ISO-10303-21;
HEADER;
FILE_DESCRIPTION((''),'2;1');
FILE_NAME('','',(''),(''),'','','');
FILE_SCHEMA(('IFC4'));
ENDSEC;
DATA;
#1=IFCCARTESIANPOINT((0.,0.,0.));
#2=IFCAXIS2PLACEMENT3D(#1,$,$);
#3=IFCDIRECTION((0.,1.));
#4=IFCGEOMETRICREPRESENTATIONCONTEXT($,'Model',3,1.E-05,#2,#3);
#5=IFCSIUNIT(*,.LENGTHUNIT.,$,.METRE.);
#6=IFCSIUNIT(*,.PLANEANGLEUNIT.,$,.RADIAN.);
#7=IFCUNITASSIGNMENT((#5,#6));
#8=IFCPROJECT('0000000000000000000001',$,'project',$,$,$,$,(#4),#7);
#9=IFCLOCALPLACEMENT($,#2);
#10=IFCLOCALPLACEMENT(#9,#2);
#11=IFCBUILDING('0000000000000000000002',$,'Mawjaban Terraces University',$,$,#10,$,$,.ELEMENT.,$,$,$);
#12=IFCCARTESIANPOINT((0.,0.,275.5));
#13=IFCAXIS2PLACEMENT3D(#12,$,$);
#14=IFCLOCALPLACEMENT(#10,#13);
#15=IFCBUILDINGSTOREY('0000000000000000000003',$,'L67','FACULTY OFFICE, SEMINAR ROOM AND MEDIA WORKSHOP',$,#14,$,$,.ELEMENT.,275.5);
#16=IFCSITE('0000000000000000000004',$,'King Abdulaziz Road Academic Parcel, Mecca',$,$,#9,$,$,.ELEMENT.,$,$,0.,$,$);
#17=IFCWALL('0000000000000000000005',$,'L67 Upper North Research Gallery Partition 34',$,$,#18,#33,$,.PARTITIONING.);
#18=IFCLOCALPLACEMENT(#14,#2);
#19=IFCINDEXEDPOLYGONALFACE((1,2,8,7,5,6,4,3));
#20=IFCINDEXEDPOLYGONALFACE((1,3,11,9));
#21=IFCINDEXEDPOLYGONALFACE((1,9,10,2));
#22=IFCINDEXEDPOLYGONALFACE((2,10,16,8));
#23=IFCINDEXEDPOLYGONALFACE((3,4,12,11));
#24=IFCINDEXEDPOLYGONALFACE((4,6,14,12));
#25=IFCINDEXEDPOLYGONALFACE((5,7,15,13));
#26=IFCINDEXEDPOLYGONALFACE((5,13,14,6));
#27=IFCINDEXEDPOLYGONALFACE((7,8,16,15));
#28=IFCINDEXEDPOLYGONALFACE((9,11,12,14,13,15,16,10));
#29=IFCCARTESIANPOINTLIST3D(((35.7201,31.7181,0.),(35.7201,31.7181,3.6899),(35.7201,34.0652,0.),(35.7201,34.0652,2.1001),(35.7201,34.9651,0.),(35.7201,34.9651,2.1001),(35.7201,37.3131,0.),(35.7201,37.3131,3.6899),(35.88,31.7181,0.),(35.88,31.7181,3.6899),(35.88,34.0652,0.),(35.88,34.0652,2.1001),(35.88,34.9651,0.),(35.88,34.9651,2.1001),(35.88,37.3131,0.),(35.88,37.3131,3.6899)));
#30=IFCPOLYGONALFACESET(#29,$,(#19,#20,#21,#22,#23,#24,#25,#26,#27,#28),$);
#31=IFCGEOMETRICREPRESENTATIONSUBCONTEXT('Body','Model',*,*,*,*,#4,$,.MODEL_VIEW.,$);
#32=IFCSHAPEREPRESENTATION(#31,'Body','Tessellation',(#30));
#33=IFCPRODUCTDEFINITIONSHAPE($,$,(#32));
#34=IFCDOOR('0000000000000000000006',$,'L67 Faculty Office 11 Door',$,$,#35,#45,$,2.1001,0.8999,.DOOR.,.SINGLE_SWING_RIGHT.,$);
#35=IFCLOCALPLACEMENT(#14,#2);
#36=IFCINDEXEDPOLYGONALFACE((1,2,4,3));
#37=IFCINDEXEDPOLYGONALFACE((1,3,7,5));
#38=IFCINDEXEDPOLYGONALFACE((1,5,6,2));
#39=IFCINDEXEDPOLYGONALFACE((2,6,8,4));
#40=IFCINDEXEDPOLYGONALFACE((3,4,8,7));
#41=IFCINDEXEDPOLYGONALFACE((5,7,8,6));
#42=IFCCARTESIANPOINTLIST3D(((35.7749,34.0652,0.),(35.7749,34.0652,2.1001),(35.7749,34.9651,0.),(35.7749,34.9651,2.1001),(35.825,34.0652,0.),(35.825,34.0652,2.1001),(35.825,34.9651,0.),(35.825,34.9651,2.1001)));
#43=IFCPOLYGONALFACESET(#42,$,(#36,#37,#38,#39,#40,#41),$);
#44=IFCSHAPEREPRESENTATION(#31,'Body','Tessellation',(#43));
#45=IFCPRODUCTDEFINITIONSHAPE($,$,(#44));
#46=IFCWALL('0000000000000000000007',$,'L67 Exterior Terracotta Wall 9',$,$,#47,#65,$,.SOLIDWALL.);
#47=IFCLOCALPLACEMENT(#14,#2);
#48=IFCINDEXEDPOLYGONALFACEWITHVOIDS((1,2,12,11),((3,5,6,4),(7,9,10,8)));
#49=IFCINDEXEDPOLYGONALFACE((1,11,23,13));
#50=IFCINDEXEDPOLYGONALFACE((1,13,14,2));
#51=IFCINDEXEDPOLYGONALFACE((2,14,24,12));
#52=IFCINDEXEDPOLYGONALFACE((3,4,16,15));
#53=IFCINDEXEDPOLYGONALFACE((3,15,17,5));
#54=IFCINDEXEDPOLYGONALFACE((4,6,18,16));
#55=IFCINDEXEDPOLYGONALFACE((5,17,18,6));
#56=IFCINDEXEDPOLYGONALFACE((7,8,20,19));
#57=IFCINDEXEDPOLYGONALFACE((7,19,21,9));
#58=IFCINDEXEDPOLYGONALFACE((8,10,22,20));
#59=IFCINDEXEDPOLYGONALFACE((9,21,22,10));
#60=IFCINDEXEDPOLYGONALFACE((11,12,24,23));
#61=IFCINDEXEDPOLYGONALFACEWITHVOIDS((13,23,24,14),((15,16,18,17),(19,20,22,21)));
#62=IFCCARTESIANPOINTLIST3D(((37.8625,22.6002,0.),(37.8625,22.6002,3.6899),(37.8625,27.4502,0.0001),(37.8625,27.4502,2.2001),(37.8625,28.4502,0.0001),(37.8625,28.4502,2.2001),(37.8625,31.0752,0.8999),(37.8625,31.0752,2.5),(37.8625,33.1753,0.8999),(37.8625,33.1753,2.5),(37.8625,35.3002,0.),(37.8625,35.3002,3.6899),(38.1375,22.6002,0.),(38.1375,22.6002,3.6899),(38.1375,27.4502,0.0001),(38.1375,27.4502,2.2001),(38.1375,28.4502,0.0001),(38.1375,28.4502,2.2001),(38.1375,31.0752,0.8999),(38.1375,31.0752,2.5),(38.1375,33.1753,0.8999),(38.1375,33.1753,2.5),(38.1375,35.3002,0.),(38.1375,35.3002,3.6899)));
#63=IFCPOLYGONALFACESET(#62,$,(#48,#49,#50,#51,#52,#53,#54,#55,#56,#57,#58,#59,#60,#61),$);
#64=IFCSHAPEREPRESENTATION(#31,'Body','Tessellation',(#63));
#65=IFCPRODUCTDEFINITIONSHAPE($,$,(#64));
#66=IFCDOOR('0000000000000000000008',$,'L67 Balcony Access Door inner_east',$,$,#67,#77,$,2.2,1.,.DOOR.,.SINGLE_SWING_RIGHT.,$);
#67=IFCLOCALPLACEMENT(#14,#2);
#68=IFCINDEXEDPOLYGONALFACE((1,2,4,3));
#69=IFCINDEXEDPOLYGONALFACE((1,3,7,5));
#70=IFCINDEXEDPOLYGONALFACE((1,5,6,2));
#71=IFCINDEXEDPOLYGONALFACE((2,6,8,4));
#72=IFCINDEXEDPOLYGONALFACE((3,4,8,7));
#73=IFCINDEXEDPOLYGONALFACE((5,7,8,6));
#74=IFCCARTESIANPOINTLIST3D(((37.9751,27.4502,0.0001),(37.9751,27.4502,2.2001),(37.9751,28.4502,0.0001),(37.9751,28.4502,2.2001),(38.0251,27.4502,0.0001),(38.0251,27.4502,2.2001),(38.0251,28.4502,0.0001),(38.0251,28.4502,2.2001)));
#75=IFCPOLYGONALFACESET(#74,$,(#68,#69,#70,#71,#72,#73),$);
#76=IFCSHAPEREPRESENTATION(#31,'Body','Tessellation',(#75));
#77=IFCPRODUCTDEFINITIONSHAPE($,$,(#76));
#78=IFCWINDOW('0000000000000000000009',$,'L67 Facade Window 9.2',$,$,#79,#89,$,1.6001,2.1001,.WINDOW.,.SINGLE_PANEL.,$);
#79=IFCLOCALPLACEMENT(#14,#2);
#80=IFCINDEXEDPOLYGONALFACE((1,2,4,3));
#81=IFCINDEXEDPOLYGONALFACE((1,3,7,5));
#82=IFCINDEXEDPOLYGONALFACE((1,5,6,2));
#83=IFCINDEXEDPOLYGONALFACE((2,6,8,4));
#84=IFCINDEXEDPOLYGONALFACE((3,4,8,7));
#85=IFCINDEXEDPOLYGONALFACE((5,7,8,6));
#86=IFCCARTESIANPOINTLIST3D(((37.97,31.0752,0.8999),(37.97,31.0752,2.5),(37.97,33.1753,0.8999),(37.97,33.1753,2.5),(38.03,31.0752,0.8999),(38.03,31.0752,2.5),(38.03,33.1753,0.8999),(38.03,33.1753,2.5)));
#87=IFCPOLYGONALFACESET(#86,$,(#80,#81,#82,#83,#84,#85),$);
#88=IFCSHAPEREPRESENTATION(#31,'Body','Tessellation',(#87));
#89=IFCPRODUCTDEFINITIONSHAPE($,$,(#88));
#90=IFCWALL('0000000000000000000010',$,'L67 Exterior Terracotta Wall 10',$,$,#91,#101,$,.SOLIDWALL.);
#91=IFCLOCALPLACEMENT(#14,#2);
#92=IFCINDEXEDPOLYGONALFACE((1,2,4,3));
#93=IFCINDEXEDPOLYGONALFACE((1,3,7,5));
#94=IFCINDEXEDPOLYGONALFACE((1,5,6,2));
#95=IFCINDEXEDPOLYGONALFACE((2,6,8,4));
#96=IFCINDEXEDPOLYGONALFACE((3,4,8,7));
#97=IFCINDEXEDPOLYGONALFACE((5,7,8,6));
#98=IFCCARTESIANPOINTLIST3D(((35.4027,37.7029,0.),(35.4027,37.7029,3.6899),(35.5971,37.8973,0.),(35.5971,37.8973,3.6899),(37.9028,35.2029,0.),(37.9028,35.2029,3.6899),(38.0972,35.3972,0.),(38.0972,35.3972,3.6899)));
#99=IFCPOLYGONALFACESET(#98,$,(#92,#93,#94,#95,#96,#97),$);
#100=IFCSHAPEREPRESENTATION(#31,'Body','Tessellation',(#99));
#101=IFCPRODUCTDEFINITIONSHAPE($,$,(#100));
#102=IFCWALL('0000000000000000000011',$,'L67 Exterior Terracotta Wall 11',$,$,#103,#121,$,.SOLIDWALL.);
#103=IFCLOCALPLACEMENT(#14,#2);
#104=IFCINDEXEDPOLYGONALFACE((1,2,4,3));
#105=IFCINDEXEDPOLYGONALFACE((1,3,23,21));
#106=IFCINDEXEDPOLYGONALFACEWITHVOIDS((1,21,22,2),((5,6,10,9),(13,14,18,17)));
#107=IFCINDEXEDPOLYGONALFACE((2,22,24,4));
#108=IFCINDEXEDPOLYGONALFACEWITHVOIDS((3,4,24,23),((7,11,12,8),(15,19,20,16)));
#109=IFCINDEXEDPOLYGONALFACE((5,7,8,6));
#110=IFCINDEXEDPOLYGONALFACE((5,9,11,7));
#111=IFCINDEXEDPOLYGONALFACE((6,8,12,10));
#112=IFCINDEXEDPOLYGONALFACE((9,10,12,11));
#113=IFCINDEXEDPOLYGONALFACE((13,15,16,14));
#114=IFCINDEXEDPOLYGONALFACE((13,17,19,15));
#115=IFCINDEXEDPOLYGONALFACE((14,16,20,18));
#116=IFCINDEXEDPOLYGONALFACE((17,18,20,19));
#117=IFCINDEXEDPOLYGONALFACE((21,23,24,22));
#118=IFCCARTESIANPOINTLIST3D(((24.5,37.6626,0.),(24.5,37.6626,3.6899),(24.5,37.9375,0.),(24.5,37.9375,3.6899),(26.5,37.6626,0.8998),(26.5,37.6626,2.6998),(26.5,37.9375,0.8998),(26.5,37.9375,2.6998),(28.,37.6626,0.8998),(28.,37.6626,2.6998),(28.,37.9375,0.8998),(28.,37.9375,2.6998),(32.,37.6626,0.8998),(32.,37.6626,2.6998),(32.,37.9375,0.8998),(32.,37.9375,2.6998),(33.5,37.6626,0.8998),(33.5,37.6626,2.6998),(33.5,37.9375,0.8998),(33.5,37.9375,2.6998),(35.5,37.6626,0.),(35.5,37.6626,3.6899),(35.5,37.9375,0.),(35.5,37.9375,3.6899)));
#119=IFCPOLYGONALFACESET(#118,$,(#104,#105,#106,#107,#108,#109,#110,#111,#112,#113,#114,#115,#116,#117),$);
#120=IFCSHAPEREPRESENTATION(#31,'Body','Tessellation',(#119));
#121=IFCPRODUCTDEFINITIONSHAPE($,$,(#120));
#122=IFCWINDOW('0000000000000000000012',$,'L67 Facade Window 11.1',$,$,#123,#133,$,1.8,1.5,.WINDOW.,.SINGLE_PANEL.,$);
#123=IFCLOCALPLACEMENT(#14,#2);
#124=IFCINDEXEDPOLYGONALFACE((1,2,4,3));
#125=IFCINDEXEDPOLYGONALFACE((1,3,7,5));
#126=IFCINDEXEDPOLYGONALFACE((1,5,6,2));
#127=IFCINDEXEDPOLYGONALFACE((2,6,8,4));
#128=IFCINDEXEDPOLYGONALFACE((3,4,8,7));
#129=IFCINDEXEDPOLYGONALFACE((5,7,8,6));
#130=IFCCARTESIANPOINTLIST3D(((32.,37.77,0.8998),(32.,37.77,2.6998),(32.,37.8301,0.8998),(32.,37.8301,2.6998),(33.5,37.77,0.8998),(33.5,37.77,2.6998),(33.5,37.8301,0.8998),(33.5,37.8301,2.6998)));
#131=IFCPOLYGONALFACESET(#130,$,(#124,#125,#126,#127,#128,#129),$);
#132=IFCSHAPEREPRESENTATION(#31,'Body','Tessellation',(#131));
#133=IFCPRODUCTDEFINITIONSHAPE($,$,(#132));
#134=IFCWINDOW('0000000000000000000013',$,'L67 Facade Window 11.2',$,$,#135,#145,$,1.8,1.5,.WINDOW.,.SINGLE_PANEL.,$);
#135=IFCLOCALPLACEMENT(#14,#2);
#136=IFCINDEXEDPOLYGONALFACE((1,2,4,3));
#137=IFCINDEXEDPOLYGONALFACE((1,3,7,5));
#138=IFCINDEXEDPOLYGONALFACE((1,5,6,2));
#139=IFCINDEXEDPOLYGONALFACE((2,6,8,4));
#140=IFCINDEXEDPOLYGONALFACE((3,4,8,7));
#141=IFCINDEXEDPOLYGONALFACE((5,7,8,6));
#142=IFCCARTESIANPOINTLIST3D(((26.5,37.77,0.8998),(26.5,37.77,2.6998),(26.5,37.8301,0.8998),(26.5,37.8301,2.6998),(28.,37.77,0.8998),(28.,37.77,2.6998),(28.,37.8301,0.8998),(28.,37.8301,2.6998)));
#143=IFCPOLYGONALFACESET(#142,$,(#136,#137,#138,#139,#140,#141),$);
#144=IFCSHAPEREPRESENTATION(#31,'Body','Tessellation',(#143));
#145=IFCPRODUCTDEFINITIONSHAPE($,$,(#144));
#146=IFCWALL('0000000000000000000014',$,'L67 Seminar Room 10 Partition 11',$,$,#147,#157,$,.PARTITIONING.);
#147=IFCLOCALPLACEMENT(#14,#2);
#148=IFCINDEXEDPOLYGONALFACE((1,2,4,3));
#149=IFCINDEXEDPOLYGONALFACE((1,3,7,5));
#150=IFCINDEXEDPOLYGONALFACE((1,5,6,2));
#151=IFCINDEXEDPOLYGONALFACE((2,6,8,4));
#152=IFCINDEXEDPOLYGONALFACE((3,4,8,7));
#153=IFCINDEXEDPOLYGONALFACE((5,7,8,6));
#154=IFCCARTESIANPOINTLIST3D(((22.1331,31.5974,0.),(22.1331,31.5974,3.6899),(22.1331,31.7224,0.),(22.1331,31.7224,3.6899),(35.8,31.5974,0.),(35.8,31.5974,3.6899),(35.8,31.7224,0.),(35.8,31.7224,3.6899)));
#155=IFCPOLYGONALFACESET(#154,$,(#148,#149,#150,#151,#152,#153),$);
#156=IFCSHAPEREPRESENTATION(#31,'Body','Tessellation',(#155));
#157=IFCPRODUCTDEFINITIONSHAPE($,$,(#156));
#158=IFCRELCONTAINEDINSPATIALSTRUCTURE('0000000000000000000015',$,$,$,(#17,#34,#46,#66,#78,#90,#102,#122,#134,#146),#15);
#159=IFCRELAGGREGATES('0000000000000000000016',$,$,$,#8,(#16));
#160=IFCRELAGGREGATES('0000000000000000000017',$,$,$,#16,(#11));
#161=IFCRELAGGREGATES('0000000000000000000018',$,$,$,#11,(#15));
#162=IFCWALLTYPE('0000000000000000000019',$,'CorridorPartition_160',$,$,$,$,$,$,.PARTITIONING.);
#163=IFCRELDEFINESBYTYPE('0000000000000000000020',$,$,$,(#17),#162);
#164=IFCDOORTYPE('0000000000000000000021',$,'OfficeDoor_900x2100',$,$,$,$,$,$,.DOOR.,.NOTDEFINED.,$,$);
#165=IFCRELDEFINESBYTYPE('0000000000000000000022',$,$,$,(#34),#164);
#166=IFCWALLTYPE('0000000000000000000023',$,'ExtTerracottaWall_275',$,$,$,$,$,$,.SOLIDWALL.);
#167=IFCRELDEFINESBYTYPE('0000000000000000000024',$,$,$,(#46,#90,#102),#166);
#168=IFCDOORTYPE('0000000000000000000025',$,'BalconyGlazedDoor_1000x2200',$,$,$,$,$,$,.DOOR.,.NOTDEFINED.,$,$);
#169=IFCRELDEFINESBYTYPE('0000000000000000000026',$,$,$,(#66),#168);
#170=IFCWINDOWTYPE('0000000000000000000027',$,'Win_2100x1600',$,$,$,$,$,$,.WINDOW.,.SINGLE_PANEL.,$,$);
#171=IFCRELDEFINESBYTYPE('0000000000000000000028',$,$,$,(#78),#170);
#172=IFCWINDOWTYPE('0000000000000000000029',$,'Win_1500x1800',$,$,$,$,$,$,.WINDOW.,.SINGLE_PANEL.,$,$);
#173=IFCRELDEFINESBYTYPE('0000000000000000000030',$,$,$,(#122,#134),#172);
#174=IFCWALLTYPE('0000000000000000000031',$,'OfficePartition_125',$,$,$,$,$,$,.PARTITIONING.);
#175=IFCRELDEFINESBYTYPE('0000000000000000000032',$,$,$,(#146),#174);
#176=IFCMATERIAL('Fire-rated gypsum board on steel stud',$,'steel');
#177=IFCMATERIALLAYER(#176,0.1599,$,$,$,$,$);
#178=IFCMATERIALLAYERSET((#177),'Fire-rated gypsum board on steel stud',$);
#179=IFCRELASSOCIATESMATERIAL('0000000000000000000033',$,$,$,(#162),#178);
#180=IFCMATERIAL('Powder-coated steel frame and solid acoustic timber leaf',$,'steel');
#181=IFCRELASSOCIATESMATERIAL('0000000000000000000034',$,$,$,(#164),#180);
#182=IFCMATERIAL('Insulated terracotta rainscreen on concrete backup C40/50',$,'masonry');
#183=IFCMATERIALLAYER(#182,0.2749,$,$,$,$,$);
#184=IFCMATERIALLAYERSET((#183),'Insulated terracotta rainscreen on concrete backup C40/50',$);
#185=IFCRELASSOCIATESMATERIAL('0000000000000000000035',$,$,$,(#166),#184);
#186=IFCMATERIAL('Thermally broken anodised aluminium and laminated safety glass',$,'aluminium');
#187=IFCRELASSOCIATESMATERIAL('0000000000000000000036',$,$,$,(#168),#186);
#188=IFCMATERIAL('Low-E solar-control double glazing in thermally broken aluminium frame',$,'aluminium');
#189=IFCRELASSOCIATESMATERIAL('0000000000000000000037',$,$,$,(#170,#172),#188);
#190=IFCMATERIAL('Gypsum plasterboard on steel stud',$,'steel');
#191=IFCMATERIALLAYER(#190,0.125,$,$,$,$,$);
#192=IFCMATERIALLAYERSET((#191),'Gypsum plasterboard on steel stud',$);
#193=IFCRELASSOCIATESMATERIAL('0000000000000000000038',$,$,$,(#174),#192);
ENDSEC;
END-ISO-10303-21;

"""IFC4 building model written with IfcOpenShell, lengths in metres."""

from ifc_helpers import new_model, si_unit, direction, frame, frame_2d, origin, place, context, subcontext, project, spatial, rectangle, extrude, material, layer, layer_set, type_object, element, fill, save


model = new_model("IFC4")

# Units and contexts
model_context = context("Model", 3, precision=1e-05, world=origin(), true_north=direction((0.0, 1.0)))
body_context = subcontext(model_context, "Body", "Model", "MODEL_VIEW")
ifc_project = project(units=[si_unit("LENGTHUNIT", "METRE"), si_unit("PLANEANGLEUNIT", "RADIAN")], contexts=[model_context])

# Site, building, storey
site_placement = place(None, origin())
site = spatial("IfcSite", under=ifc_project, at=site_placement, Name="King Abdulaziz Road Academic Parcel, Mecca", CompositionType="ELEMENT", RefElevation=0.0)
building_placement = place(site_placement, origin())
building = spatial("IfcBuilding", under=site, at=building_placement, Name="Mawjaban Terraces University", CompositionType="ELEMENT")
storey_placement = place(building_placement, frame((0.0, 0.0, 275.5)))
storey = spatial("IfcBuildingStorey", under=building, at=storey_placement, Name="L67", Description="FACULTY OFFICE, SEMINAR ROOM AND MEDIA WORKSHOP", CompositionType="ELEMENT", Elevation=275.5)

# Shared definitions
ifc_material_1 = material(Name="Fire-rated gypsum board on steel stud", Category="steel")
ifc_layer_1 = layer(ifc_material_1, 0.1599)
ifc_layer_set_1 = layer_set([ifc_layer_1], Name="Fire-rated gypsum board on steel stud")
wall_type_1 = type_object("IfcWallType", Name="CorridorPartition_160", PredefinedType="PARTITIONING", material=ifc_layer_set_1)
ifc_material_2 = material(Name="Powder-coated steel frame and solid acoustic timber leaf", Category="steel")
door_type_1 = type_object("IfcDoorType", Name="OfficeDoor_900x2100", OperationType="NOTDEFINED", PredefinedType="DOOR", material=ifc_material_2)

# Wall, opening, door
wall_1_placement = place(storey_placement, frame((35.8, 37.313, 0.0), z_axis=(0.0, 0.0, 1.0), x_axis=(0.0, -1.0, 0.0)))
wall_1 = element("IfcWall", 1, at=wall_1_placement, inside=storey, type_object=wall_type_1, Name="L67 Upper North Research Gallery Partition 34", PredefinedType="PARTITIONING", context=body_context, shape_type="SweptSolid", body=[
    extrude(rectangle(XDim=5.595, YDim=0.1599, at=frame_2d((2.7974, 0.0))), origin(), (0.0, 0.0, 1.0), 3.6899),
])
opening_1_placement = place(wall_1_placement, frame((2.3479, 0.0, 0.0)))
opening_1 = element("IfcOpeningElement", 2, at=opening_1_placement, cuts=wall_1, PredefinedType="OPENING", context=body_context, shape_type="SweptSolid", body=[
    extrude(rectangle(XDim=0.8999, YDim=2.1001, at=frame_2d((0.45, 1.05))), frame((0.0, 0.0898, 0.0), z_axis=(0.0, -1.0, 0.0), x_axis=(1.0, 0.0, 0.0)), (0.0, 0.0, 1.0), 0.1799),
])
door_1_placement = place(opening_1_placement, origin())
door_1 = element("IfcDoor", 3, at=door_1_placement, inside=storey, type_object=door_type_1, Name="L67 Faculty Office 11 Door", OperationType="SINGLE_SWING_RIGHT", OverallHeight=2.1001, OverallWidth=0.8999, PredefinedType="DOOR", context=body_context, shape_type="SweptSolid", body=[
    extrude(rectangle(XDim=0.8999, YDim=2.1001, at=frame_2d((0.45, 1.05))), frame((0.0, 0.0249, 0.0), z_axis=(0.0, -1.0, 0.0), x_axis=(1.0, 0.0, 0.0)), (0.0, 0.0, 1.0), 0.05),
])
fill(opening_1, door_1)

# Wall, openings, door, window
ifc_material_3 = material(Name="Insulated terracotta rainscreen on concrete backup C40/50", Category="masonry")
ifc_layer_2 = layer(ifc_material_3, 0.2749)
ifc_layer_set_2 = layer_set([ifc_layer_2], Name="Insulated terracotta rainscreen on concrete backup C40/50")
wall_type_2 = type_object("IfcWallType", Name="ExtTerracottaWall_275", PredefinedType="SOLIDWALL", material=ifc_layer_set_2)
wall_2_placement = place(storey_placement, frame((38.0, 22.6001, 0.0), z_axis=(0.0, 0.0, 1.0), x_axis=(0.0, 1.0, 0.0)))
wall_2 = element("IfcWall", 4, at=wall_2_placement, inside=storey, type_object=wall_type_2, Name="L67 Exterior Terracotta Wall 9", PredefinedType="SOLIDWALL", context=body_context, shape_type="SweptSolid", body=[
    extrude(rectangle(XDim=12.7, YDim=0.2749, at=frame_2d((6.3501, 0.0))), origin(), (0.0, 0.0, 1.0), 3.6899),
])
opening_2_placement = place(wall_2_placement, frame((4.8501, 0.0, 0.0)))
opening_2 = element("IfcOpeningElement", 5, at=opening_2_placement, cuts=wall_2, PredefinedType="OPENING", context=body_context, shape_type="SweptSolid", body=[
    extrude(rectangle(XDim=1.0, YDim=2.2, at=frame_2d((0.5, 1.1001))), frame((0.0, 0.1475, 0.0), z_axis=(0.0, -1.0, 0.0), x_axis=(1.0, 0.0, 0.0)), (0.0, 0.0, 1.0), 0.2949),
])
opening_3_placement = place(wall_2_placement, frame((8.4751, 0.0, 0.8999)))
opening_3 = element("IfcOpeningElement", 6, at=opening_3_placement, cuts=wall_2, PredefinedType="OPENING", context=body_context, shape_type="SweptSolid", body=[
    extrude(rectangle(XDim=2.1001, YDim=1.6001, at=frame_2d((1.05, 0.8))), frame((0.0, 0.1475, 0.0), z_axis=(0.0, -1.0, 0.0), x_axis=(1.0, 0.0, 0.0)), (0.0, 0.0, 1.0), 0.2949),
])
ifc_material_4 = material(Name="Thermally broken anodised aluminium and laminated safety glass", Category="aluminium")
door_type_2 = type_object("IfcDoorType", Name="BalconyGlazedDoor_1000x2200", OperationType="NOTDEFINED", PredefinedType="DOOR", material=ifc_material_4)
door_2_placement = place(opening_2_placement, origin())
door_2 = element("IfcDoor", 7, at=door_2_placement, inside=storey, type_object=door_type_2, Name="L67 Balcony Access Door inner_east", OperationType="SINGLE_SWING_RIGHT", OverallHeight=2.2, OverallWidth=1.0, PredefinedType="DOOR", context=body_context, shape_type="SweptSolid", body=[
    extrude(rectangle(XDim=1.0, YDim=2.2, at=frame_2d((0.5, 1.1001))), frame((0.0, 0.0249, 0.0), z_axis=(0.0, -1.0, 0.0), x_axis=(1.0, 0.0, 0.0)), (0.0, 0.0, 1.0), 0.05),
])
fill(opening_2, door_2)
ifc_material_5 = material(Name="Low-E solar-control double glazing in thermally broken aluminium frame", Category="aluminium")
window_type_1 = type_object("IfcWindowType", Name="Win_2100x1600", PartitioningType="SINGLE_PANEL", PredefinedType="WINDOW", material=ifc_material_5)
window_1_placement = place(opening_3_placement, origin())
window_1 = element("IfcWindow", 8, at=window_1_placement, inside=storey, type_object=window_type_1, Name="L67 Facade Window 9.2", OverallHeight=1.6001, OverallWidth=2.1001, PartitioningType="SINGLE_PANEL", PredefinedType="WINDOW", context=body_context, shape_type="SweptSolid", body=[
    extrude(rectangle(XDim=2.1001, YDim=1.6001, at=frame_2d((1.05, 0.8))), frame((0.0, 0.03, 0.0), z_axis=(0.0, -1.0, 0.0), x_axis=(1.0, 0.0, 0.0)), (0.0, 0.0, 1.0), 0.0601),
])
fill(opening_3, window_1)

# Wall
wall_3_placement = place(storey_placement, frame((38.0, 35.3, 0.0), z_axis=(0.0, 0.0, 1.0), x_axis=(-0.707107, 0.707107, 0.0)))
element("IfcWall", 9, at=wall_3_placement, inside=storey, type_object=wall_type_2, Name="L67 Exterior Terracotta Wall 10", PredefinedType="SOLIDWALL", context=body_context, shape_type="SweptSolid", body=[
    extrude(rectangle(XDim=3.5356, YDim=0.2749, at=frame_2d((1.7678, 0.0))), origin(), (0.0, 0.0, 1.0), 3.6899),
])

# Wall, openings, windows
wall_4_placement = place(storey_placement, frame((35.5, 37.8, 0.0), z_axis=(0.0, 0.0, 1.0), x_axis=(-1.0, 0.0, 0.0)))
wall_4 = element("IfcWall", 10, at=wall_4_placement, inside=storey, type_object=wall_type_2, Name="L67 Exterior Terracotta Wall 11", PredefinedType="SOLIDWALL", context=body_context, shape_type="SweptSolid", body=[
    extrude(rectangle(XDim=11.0, YDim=0.2749, at=frame_2d((5.5, 0.0))), origin(), (0.0, 0.0, 1.0), 3.6899),
])
opening_4_placement = place(wall_4_placement, frame((2.0, 0.0, 0.8999)))
opening_4 = element("IfcOpeningElement", 11, at=opening_4_placement, cuts=wall_4, PredefinedType="OPENING", context=body_context, shape_type="SweptSolid", body=[
    extrude(rectangle(XDim=1.5, YDim=1.8, at=frame_2d((0.75, 0.8999))), frame((0.0, 0.1475, 0.0), z_axis=(0.0, -1.0, 0.0), x_axis=(1.0, 0.0, 0.0)), (0.0, 0.0, 1.0), 0.2949),
])
opening_5_placement = place(wall_4_placement, frame((7.5, 0.0, 0.8999)))
opening_5 = element("IfcOpeningElement", 12, at=opening_5_placement, cuts=wall_4, PredefinedType="OPENING", context=body_context, shape_type="SweptSolid", body=[
    extrude(rectangle(XDim=1.5, YDim=1.8, at=frame_2d((0.75, 0.8999))), frame((0.0, 0.1475, 0.0), z_axis=(0.0, -1.0, 0.0), x_axis=(1.0, 0.0, 0.0)), (0.0, 0.0, 1.0), 0.2949),
])
window_type_2 = type_object("IfcWindowType", Name="Win_1500x1800", PartitioningType="SINGLE_PANEL", PredefinedType="WINDOW", material=ifc_material_5)
window_2_placement = place(opening_4_placement, origin())
window_2 = element("IfcWindow", 13, at=window_2_placement, inside=storey, type_object=window_type_2, Name="L67 Facade Window 11.1", OverallHeight=1.8, OverallWidth=1.5, PartitioningType="SINGLE_PANEL", PredefinedType="WINDOW", context=body_context, shape_type="SweptSolid", body=[
    extrude(rectangle(XDim=1.5, YDim=1.8, at=frame_2d((0.75, 0.8999))), frame((0.0, 0.03, 0.0), z_axis=(0.0, -1.0, 0.0), x_axis=(1.0, 0.0, 0.0)), (0.0, 0.0, 1.0), 0.0601),
])
fill(opening_4, window_2)
window_3_placement = place(opening_5_placement, origin())
window_3 = element("IfcWindow", 14, at=window_3_placement, inside=storey, type_object=window_type_2, Name="L67 Facade Window 11.2", OverallHeight=1.8, OverallWidth=1.5, PartitioningType="SINGLE_PANEL", PredefinedType="WINDOW", context=body_context, shape_type="SweptSolid", body=[
    extrude(rectangle(XDim=1.5, YDim=1.8, at=frame_2d((0.75, 0.8999))), frame((0.0, 0.03, 0.0), z_axis=(0.0, -1.0, 0.0), x_axis=(1.0, 0.0, 0.0)), (0.0, 0.0, 1.0), 0.0601),
])
fill(opening_5, window_3)

# Wall
ifc_material_6 = material(Name="Gypsum plasterboard on steel stud", Category="steel")
ifc_layer_3 = layer(ifc_material_6, 0.125)
ifc_layer_set_3 = layer_set([ifc_layer_3], Name="Gypsum plasterboard on steel stud")
wall_type_3 = type_object("IfcWallType", Name="OfficePartition_125", PredefinedType="PARTITIONING", material=ifc_layer_set_3)
wall_5_placement = place(storey_placement, frame((35.8, 31.6599, 0.0), z_axis=(0.0, 0.0, 1.0), x_axis=(-1.0, 0.0, 0.0)))
element("IfcWall", 15, at=wall_5_placement, inside=storey, type_object=wall_type_3, Name="L67 Seminar Room 10 Partition 11", PredefinedType="PARTITIONING", context=body_context, shape_type="SweptSolid", body=[
    extrude(rectangle(XDim=13.667, YDim=0.125, at=frame_2d((6.8335, 0.0))), origin(), (0.0, 0.0, 1.0), 3.6899),
])

save(model, "model.ifc")
